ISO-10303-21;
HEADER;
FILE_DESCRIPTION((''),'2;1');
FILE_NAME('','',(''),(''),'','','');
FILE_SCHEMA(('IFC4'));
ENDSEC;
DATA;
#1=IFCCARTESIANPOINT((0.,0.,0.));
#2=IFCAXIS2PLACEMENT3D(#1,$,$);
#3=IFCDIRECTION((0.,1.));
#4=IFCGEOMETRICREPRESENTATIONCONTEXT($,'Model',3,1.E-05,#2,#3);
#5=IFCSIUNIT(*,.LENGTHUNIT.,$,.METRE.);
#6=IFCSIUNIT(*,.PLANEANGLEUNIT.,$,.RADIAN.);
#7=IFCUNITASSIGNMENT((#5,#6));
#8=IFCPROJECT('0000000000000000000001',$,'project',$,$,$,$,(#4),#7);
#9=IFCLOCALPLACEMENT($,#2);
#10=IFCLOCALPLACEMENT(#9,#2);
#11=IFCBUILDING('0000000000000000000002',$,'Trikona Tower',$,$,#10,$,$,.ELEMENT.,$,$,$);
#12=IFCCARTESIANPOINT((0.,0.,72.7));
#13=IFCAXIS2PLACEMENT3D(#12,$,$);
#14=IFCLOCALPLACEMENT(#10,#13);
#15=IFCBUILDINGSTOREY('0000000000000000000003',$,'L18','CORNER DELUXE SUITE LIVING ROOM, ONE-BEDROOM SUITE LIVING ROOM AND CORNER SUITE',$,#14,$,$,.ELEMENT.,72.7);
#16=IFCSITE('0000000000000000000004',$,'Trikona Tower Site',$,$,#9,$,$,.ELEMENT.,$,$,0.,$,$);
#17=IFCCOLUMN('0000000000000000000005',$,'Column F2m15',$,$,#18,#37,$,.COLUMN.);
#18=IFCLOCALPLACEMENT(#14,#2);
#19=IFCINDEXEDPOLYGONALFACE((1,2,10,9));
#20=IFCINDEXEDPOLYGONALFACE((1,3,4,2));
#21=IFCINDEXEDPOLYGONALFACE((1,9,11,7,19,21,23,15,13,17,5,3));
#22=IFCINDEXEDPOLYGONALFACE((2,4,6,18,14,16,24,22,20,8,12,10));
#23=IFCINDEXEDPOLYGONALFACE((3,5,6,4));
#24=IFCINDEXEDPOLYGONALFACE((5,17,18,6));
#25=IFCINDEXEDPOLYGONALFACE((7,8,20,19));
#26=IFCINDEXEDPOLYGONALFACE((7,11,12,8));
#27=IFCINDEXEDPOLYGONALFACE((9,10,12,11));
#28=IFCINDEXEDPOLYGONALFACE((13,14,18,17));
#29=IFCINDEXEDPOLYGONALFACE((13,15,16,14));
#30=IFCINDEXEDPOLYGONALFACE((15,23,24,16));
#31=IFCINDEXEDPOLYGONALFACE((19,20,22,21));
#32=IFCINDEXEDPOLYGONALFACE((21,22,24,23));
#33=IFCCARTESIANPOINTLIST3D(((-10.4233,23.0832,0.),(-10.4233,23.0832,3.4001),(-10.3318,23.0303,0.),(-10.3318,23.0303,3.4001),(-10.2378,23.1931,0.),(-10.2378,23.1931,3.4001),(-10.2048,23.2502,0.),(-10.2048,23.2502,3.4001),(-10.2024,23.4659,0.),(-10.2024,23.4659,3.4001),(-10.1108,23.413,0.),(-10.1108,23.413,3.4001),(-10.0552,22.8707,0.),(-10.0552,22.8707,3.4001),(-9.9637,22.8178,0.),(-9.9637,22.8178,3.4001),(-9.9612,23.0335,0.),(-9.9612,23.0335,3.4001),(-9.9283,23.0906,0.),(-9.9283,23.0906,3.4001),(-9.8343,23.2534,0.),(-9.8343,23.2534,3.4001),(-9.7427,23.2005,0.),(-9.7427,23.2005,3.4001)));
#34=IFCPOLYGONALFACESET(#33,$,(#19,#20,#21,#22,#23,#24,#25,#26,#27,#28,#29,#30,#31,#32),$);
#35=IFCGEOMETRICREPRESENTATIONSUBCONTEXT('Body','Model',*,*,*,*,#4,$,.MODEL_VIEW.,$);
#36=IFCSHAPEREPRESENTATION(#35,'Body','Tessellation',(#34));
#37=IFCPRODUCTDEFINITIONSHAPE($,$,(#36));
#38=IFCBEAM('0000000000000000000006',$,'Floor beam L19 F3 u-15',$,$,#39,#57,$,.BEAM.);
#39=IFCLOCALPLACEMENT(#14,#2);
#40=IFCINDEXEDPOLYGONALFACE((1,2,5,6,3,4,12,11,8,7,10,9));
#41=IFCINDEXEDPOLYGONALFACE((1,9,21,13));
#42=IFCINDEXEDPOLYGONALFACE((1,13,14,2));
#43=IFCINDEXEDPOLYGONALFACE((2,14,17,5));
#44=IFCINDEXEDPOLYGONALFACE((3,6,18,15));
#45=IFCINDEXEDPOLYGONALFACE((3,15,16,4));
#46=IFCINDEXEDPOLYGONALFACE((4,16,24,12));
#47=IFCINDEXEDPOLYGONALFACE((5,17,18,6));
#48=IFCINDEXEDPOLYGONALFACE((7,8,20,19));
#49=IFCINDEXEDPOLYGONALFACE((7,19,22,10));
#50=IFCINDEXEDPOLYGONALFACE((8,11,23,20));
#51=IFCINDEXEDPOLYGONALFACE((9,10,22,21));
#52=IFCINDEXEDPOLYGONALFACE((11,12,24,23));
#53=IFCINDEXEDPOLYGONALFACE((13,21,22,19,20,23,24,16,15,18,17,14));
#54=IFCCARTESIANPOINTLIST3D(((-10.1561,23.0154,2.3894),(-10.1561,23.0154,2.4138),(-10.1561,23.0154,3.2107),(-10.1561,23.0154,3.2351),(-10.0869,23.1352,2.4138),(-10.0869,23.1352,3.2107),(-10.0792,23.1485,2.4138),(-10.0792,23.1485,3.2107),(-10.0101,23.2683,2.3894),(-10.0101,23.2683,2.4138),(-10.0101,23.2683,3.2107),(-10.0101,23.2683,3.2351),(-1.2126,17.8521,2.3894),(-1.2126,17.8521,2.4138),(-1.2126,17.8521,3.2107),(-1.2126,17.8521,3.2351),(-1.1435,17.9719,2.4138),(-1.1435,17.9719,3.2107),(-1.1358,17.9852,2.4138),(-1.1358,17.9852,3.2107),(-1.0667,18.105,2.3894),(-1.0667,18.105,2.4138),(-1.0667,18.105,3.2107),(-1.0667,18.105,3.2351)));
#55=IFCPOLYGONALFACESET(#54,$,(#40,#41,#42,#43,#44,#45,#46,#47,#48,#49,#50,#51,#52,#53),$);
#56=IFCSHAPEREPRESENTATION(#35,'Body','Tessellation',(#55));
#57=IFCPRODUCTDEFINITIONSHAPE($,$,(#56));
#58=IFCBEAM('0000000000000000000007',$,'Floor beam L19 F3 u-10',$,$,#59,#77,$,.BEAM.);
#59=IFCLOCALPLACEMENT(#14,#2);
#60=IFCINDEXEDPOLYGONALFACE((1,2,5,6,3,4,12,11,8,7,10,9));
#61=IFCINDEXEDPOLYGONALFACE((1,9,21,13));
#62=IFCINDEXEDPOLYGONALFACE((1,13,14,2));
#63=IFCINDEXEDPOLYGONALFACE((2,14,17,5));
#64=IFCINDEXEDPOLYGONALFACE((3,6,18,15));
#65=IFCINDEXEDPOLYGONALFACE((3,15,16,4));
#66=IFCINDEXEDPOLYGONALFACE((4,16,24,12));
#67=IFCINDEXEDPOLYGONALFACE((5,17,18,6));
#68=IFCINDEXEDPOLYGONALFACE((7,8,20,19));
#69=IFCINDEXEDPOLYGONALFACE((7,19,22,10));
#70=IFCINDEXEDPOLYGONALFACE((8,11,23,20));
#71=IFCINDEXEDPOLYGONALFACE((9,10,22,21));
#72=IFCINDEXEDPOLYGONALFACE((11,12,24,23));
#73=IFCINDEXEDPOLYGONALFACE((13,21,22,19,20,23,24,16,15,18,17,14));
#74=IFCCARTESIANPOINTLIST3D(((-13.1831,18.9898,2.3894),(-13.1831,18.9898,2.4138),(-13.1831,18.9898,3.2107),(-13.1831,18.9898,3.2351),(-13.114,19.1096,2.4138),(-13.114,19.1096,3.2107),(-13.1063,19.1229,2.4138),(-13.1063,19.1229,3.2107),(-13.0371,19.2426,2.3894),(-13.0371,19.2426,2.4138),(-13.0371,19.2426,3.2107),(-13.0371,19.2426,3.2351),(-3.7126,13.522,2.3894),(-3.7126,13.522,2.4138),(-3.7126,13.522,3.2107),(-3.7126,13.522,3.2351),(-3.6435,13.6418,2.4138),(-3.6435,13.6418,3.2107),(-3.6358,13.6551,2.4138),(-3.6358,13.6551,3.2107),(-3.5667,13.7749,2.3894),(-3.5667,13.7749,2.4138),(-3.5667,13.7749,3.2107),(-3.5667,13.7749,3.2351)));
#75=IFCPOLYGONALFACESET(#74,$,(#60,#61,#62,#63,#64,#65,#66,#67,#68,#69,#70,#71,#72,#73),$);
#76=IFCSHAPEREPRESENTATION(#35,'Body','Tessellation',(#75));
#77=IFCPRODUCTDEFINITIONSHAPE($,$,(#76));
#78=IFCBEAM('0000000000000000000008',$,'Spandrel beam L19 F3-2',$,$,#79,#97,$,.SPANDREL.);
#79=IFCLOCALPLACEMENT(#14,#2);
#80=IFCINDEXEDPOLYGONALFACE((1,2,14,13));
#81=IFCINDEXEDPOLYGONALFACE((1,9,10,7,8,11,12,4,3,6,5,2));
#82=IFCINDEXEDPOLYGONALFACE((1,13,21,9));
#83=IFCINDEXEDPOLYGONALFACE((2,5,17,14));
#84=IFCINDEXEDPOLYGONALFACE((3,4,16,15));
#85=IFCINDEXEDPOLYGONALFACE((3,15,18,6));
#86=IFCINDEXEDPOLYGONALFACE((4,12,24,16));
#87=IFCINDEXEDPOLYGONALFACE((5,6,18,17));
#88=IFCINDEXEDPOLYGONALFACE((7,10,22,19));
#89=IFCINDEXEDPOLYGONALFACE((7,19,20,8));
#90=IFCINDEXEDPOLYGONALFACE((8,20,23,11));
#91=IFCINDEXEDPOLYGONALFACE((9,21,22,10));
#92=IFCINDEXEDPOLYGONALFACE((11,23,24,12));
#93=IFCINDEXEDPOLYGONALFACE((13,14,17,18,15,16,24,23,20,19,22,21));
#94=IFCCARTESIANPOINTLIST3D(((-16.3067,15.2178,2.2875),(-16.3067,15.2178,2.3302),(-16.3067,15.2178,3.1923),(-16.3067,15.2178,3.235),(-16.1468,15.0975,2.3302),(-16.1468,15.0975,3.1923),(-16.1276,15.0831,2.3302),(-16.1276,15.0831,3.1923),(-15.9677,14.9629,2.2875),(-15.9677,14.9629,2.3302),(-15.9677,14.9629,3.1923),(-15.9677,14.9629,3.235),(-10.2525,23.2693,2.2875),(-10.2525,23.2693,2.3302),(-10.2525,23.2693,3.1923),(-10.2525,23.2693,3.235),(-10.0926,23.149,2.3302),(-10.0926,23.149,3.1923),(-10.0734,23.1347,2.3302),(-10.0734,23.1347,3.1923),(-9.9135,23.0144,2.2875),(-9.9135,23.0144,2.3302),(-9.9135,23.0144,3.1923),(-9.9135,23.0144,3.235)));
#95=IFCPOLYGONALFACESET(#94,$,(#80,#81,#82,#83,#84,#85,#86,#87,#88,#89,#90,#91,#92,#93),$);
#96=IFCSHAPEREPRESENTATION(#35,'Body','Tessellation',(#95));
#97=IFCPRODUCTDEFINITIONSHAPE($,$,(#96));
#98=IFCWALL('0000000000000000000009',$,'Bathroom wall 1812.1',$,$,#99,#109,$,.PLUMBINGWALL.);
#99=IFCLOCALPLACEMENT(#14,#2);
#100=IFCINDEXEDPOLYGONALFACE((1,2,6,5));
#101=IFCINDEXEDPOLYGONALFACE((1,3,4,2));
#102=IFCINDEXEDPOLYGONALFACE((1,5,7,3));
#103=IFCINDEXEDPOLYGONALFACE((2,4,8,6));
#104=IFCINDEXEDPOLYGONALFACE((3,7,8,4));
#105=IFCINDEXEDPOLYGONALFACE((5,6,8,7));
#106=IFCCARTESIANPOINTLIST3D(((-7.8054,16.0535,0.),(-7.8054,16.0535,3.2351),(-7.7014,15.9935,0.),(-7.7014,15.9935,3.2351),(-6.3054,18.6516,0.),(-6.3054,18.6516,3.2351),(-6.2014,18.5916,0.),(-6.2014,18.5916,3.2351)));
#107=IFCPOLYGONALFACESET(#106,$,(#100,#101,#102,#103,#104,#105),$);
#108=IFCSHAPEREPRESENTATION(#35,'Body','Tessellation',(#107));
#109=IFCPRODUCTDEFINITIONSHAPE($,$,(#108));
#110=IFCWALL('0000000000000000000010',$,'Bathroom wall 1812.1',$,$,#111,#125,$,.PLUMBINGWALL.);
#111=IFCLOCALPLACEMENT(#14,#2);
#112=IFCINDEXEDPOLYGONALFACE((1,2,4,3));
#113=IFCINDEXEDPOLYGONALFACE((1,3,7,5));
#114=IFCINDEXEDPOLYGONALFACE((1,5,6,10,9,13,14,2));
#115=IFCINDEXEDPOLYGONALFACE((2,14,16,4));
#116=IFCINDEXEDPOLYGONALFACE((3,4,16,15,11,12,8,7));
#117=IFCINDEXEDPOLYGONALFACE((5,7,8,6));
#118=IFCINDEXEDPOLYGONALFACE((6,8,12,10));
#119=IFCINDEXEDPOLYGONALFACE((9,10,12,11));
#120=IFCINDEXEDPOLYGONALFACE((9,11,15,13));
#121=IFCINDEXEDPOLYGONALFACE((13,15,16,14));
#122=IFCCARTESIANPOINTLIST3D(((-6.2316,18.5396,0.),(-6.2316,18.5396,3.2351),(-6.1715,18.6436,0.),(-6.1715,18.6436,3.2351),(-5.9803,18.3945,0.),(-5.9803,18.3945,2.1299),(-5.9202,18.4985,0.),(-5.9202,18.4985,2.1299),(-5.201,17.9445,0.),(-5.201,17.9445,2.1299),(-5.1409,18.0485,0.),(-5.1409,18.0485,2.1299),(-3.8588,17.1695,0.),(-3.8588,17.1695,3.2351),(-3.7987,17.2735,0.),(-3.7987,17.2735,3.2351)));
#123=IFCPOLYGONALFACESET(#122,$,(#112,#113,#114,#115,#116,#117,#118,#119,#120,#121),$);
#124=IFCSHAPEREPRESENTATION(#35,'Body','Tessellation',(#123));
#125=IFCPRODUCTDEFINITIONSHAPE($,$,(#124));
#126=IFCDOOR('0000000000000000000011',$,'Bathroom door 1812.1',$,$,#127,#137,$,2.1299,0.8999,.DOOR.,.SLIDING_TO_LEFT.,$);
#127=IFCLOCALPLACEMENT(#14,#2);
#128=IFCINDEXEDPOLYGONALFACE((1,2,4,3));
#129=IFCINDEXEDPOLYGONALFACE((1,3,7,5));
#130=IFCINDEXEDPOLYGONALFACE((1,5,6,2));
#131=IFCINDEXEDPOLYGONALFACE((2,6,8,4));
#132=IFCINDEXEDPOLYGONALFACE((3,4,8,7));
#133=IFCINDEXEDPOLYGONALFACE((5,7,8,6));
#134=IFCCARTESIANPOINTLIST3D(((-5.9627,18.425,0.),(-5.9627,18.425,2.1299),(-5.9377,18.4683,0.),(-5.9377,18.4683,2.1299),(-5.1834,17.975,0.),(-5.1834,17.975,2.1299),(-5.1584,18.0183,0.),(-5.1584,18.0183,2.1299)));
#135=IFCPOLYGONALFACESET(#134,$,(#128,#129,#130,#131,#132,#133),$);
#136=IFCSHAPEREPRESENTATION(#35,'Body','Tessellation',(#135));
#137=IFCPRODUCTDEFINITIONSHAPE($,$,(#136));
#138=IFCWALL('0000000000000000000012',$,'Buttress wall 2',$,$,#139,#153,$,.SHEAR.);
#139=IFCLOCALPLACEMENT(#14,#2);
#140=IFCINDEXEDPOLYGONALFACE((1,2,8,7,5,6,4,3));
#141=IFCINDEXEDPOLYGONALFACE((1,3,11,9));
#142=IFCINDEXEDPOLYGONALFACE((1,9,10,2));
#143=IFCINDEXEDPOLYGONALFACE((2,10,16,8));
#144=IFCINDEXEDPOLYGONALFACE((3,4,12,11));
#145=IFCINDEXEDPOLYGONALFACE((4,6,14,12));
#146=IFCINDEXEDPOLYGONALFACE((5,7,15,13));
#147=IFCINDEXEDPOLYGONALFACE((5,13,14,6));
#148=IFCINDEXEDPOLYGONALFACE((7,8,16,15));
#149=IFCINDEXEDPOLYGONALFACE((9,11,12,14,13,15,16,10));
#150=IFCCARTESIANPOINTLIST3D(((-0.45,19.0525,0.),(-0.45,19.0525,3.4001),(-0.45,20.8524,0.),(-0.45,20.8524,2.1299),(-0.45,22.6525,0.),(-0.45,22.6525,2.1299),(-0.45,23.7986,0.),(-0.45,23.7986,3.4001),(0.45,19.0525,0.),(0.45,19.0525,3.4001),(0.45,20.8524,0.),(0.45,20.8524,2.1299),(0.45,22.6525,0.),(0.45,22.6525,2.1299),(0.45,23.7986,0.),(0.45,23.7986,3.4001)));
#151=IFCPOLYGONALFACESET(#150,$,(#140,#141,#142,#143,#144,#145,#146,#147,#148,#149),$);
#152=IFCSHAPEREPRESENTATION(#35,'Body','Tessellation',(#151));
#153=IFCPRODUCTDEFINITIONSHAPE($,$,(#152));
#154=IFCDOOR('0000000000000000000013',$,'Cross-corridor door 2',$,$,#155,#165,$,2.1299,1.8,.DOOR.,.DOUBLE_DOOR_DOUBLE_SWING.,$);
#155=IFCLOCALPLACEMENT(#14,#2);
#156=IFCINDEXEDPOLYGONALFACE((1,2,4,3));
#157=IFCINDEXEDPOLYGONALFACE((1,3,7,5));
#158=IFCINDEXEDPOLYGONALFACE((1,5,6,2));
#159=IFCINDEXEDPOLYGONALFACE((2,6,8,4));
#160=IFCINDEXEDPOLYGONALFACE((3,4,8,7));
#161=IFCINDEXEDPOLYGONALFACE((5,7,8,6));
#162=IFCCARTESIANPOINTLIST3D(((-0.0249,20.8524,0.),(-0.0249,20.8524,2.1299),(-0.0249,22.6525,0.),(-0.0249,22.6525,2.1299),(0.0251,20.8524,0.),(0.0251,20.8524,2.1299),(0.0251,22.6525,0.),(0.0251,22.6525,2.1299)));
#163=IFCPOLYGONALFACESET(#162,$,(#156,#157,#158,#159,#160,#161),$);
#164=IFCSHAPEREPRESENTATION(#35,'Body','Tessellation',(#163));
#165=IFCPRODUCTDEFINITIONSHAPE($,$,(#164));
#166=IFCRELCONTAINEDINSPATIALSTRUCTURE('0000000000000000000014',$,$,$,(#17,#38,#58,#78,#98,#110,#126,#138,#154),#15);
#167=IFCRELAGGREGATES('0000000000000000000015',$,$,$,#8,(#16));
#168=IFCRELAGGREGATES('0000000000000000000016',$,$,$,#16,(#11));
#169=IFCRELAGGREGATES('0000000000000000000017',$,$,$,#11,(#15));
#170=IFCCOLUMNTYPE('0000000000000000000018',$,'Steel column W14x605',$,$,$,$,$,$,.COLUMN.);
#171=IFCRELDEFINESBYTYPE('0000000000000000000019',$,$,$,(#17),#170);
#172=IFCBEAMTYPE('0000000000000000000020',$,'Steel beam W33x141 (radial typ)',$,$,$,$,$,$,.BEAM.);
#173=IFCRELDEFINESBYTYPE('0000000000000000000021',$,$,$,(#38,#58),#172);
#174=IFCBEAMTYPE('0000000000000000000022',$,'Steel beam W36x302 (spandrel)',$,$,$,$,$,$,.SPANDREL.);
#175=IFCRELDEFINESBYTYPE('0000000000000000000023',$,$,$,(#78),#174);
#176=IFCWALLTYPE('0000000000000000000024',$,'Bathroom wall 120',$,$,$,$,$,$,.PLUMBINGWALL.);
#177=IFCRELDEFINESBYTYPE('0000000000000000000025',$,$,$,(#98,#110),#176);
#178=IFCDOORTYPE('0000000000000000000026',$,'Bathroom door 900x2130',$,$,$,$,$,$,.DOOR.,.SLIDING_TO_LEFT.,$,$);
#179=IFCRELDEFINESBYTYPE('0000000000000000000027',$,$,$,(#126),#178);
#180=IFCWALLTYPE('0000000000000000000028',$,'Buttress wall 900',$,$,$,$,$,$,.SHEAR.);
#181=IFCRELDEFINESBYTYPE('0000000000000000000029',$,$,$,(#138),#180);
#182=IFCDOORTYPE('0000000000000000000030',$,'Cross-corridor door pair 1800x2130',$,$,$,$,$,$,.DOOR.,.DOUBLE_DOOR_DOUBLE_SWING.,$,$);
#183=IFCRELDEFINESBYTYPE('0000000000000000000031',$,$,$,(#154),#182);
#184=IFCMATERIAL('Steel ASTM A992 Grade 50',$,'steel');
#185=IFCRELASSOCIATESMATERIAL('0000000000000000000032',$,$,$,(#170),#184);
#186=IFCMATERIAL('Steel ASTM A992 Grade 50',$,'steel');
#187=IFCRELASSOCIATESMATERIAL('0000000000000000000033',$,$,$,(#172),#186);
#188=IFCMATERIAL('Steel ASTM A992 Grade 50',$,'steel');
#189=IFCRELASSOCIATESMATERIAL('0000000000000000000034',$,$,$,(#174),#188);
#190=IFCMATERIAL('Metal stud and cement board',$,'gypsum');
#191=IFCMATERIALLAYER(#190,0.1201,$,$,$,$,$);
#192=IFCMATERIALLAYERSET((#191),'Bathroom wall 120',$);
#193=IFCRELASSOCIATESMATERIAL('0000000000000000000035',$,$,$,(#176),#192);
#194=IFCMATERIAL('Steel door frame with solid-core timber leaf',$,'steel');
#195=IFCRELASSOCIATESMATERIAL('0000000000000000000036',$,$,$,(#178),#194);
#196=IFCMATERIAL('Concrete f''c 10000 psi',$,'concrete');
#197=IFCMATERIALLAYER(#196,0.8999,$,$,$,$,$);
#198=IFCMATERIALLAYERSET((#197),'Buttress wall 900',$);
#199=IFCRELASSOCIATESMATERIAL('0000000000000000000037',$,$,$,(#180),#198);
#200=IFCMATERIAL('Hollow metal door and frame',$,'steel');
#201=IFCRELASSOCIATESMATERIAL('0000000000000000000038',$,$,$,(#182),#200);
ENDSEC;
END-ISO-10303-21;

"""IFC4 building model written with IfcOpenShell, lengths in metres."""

from ifc_helpers import new_model, si_unit, direction, frame, frame_2d, origin, origin_2d, place, context, subcontext, project, spatial, rectangle, i_section, extrude, material, layer, layer_set, material_profile, profile_set, type_object, element, fill, save


model = new_model("IFC4")

# Units and contexts
model_context = context("Model", 3, precision=1e-05, world=origin(), true_north=direction((0.0, 1.0)))
body_context = subcontext(model_context, "Body", "Model", "MODEL_VIEW")
ifc_project = project(units=[si_unit("LENGTHUNIT", "METRE"), si_unit("PLANEANGLEUNIT", "RADIAN")], contexts=[model_context])

# Site, building, storey
site_placement = place(None, origin())
site = spatial("IfcSite", under=ifc_project, at=site_placement, Name="Trikona Tower Site", CompositionType="ELEMENT", RefElevation=0.0)
building_placement = place(site_placement, origin())
building = spatial("IfcBuilding", under=site, at=building_placement, Name="Trikona Tower", CompositionType="ELEMENT")
storey_placement = place(building_placement, frame((0.0, 0.0, 72.7)))
storey = spatial("IfcBuildingStorey", under=building, at=storey_placement, Name="L18", Description="CORNER DELUXE SUITE LIVING ROOM, ONE-BEDROOM SUITE LIVING ROOM AND CORNER SUITE", CompositionType="ELEMENT", Elevation=72.7)

# Column
ifc_material_1 = material(Name="Steel ASTM A992 Grade 50", Category="steel")
ifc_material_profile_1 = material_profile(ifc_material_1, i_section(OverallWidth=0.4419, OverallDepth=0.5308, WebThickness=0.0659, FlangeThickness=0.1057, at=origin_2d()), Name="W14X605")
ifc_profile_set_1 = profile_set([ifc_material_profile_1], Name="Steel ASTM A992 Grade 50")
column_type = type_object("IfcColumnType", Name="Steel column W14x605", PredefinedType="COLUMN", material=ifc_profile_set_1)
column_placement = place(storey_placement, frame((-10.083, 23.1418, 0.0), z_axis=(0.0, 0.0, 1.0), x_axis=(-0.5, -0.866025, 0.0)))
element("IfcColumn", 1, at=column_placement, inside=storey, type_object=column_type, Name="Column F2m15", PredefinedType="COLUMN", context=body_context, shape_type="SweptSolid", body=[
    extrude(i_section(OverallWidth=0.4419, OverallDepth=0.5308, WebThickness=0.0659, FlangeThickness=0.1057, at=origin_2d()), origin(), (0.0, 0.0, 1.0), 3.4001),
])

# Beams
ifc_material_2 = material(Name="Steel ASTM A992 Grade 50", Category="steel")
ifc_material_profile_2 = material_profile(ifc_material_2, i_section(OverallWidth=0.292, OverallDepth=0.8457, WebThickness=0.0154, FlangeThickness=0.0244, at=origin_2d()), Name="W33X141")
ifc_profile_set_2 = profile_set([ifc_material_profile_2], Name="Steel ASTM A992 Grade 50")
beam_type_1 = type_object("IfcBeamType", Name="Steel beam W33x141 (radial typ)", PredefinedType="BEAM", material=ifc_profile_set_2)
beam_1_placement = place(storey_placement, frame((-1.1396, 17.9785, 2.8123), z_axis=(-0.86603, 0.499991, 0.0), x_axis=(-0.499991, -0.86603, 0.0)))
element("IfcBeam", 2, at=beam_1_placement, inside=storey, type_object=beam_type_1, Name="Floor beam L19 F3 u-15", PredefinedType="BEAM", context=body_context, shape_type="SweptSolid", body=[
    extrude(i_section(OverallWidth=0.292, OverallDepth=0.8457, WebThickness=0.0154, FlangeThickness=0.0244, at=origin_2d()), origin(), (0.0, 0.0, 1.0), 10.3269),
])
beam_2_placement = place(storey_placement, frame((-3.6396, 13.6484, 2.8123), z_axis=(-0.866025, 0.5, 0.0), x_axis=(-0.5, -0.866025, 0.0)))
element("IfcBeam", 3, at=beam_2_placement, inside=storey, type_object=beam_type_1, Name="Floor beam L19 F3 u-10", PredefinedType="BEAM", context=body_context, shape_type="SweptSolid", body=[
    extrude(i_section(OverallWidth=0.292, OverallDepth=0.8457, WebThickness=0.0154, FlangeThickness=0.0244, at=origin_2d()), origin(), (0.0, 0.0, 1.0), 10.9355),
])
ifc_material_3 = material(Name="Steel ASTM A992 Grade 50", Category="steel")
ifc_material_profile_3 = material_profile(ifc_material_3, i_section(OverallWidth=0.4241, OverallDepth=0.9475, WebThickness=0.0239, FlangeThickness=0.0427, at=origin_2d()), Name="W36X302")
ifc_profile_set_3 = profile_set([ifc_material_profile_3], Name="Steel ASTM A992 Grade 50")
beam_type_2 = type_object("IfcBeamType", Name="Steel beam W36x302 (spandrel)", PredefinedType="SPANDREL", material=ifc_profile_set_3)
beam_3_placement = place(storey_placement, frame((-10.083, 23.1418, 2.7612), z_axis=(-0.600988, -0.799258, 0.0), x_axis=(0.799258, -0.600988, 0.0)))
element("IfcBeam", 4, at=beam_3_placement, inside=storey, type_object=beam_type_2, Name="Spandrel beam L19 F3-2", PredefinedType="SPANDREL", context=body_context, shape_type="SweptSolid", body=[
    extrude(i_section(OverallWidth=0.4241, OverallDepth=0.9475, WebThickness=0.0239, FlangeThickness=0.0427, at=origin_2d()), origin(), (0.0, 0.0, 1.0), 10.0737),
])

# Wall
ifc_material_4 = material(Name="Metal stud and cement board", Category="gypsum")
ifc_layer_1 = layer(ifc_material_4, 0.1201)
ifc_layer_set_1 = layer_set([ifc_layer_1], Name="Bathroom wall 120")
wall_type_1 = type_object("IfcWallType", Name="Bathroom wall 120", PredefinedType="PLUMBINGWALL", material=ifc_layer_set_1)
wall_1_placement = place(storey_placement, frame((-6.2534, 18.6216, 0.0), z_axis=(0.0, 0.0, 1.0), x_axis=(-0.49999, -0.866031, 0.0)))
element("IfcWall", 5, at=wall_1_placement, inside=storey, type_object=wall_type_1, Name="Bathroom wall 1812.1", PredefinedType="PLUMBINGWALL", context=body_context, shape_type="SweptSolid", body=[
    extrude(rectangle(XDim=3.0, YDim=0.1201, at=frame_2d((1.5, 0.0))), origin(), (0.0, 0.0, 1.0), 3.2351),
])

# Walls, openings, doors
wall_2_placement = place(storey_placement, frame((-3.8286, 17.2214, 0.0), z_axis=(0.0, 0.0, 1.0), x_axis=(-0.865997, 0.500049, 0.0)))
wall_2 = element("IfcWall", 6, at=wall_2_placement, inside=storey, type_object=wall_type_1, Name="Bathroom wall 1812.1", PredefinedType="PLUMBINGWALL", context=body_context, shape_type="SweptSolid", body=[
    extrude(rectangle(XDim=2.74, YDim=0.1201, at=frame_2d((1.3701, 0.0))), origin(), (0.0, 0.0, 1.0), 3.2351),
])
opening_1_placement = place(wall_2_placement, frame((1.55, 0.0, 0.0)))
opening_1 = element("IfcOpeningElement", 7, at=opening_1_placement, cuts=wall_2, PredefinedType="OPENING", context=body_context, shape_type="SweptSolid", body=[
    extrude(rectangle(XDim=0.8999, YDim=2.1299, at=frame_2d((0.45, 1.0649))), frame((0.0, 0.0701, 0.0), z_axis=(0.0, -1.0, 0.0), x_axis=(1.0, 0.0, 0.0)), (0.0, 0.0, 1.0), 0.1401),
])
ifc_material_5 = material(Name="Steel door frame with solid-core timber leaf", Category="steel")
door_type_1 = type_object("IfcDoorType", Name="Bathroom door 900x2130", OperationType="SLIDING_TO_LEFT", PredefinedType="DOOR", material=ifc_material_5)
door_1_placement = place(opening_1_placement, origin())
door_1 = element("IfcDoor", 8, at=door_1_placement, inside=storey, type_object=door_type_1, Name="Bathroom door 1812.1", OperationType="SLIDING_TO_LEFT", OverallHeight=2.1299, OverallWidth=0.8999, PredefinedType="DOOR", context=body_context, shape_type="SweptSolid", body=[
    extrude(rectangle(XDim=0.8999, YDim=2.1299, at=frame_2d((0.45, 1.0649))), frame((0.0, 0.0249, 0.0), z_axis=(0.0, -1.0, 0.0), x_axis=(1.0, 0.0, 0.0)), (0.0, 0.0, 1.0), 0.05),
])
fill(opening_1, door_1)
ifc_material_6 = material(Name="Concrete f'c 10000 psi", Category="concrete")
ifc_layer_2 = layer(ifc_material_6, 0.8999)
ifc_layer_set_2 = layer_set([ifc_layer_2], Name="Buttress wall 900")
wall_type_2 = type_object("IfcWallType", Name="Buttress wall 900", PredefinedType="SHEAR", material=ifc_layer_set_2)
wall_3_placement = place(storey_placement, frame((0.0, 19.0525, 0.0), z_axis=(0.0, 0.0, 1.0), x_axis=(0.0, 1.0, 0.0)))
wall_3 = element("IfcWall", 9, at=wall_3_placement, inside=storey, type_object=wall_type_2, Name="Buttress wall 2", PredefinedType="SHEAR", context=body_context, shape_type="SweptSolid", body=[
    extrude(rectangle(XDim=4.7461, YDim=0.8999, at=frame_2d((2.373, 0.0))), origin(), (0.0, 0.0, 1.0), 3.4001),
])
opening_2_placement = place(wall_3_placement, frame((1.8, 0.0, 0.0)))
opening_2 = element("IfcOpeningElement", 10, at=opening_2_placement, cuts=wall_3, PredefinedType="OPENING", context=body_context, shape_type="SweptSolid", body=[
    extrude(rectangle(XDim=1.8, YDim=2.1299, at=frame_2d((0.8999, 1.0649))), frame((0.0, 0.46, 0.0), z_axis=(0.0, -1.0, 0.0), x_axis=(1.0, 0.0, 0.0)), (0.0, 0.0, 1.0), 0.9199),
])
ifc_material_7 = material(Name="Hollow metal door and frame", Category="steel")
door_type_2 = type_object("IfcDoorType", Name="Cross-corridor door pair 1800x2130", OperationType="DOUBLE_DOOR_DOUBLE_SWING", PredefinedType="DOOR", material=ifc_material_7)
door_2_placement = place(opening_2_placement, origin())
door_2 = element("IfcDoor", 11, at=door_2_placement, inside=storey, type_object=door_type_2, Name="Cross-corridor door 2", OperationType="DOUBLE_DOOR_DOUBLE_SWING", OverallHeight=2.1299, OverallWidth=1.8, PredefinedType="DOOR", context=body_context, shape_type="SweptSolid", body=[
    extrude(rectangle(XDim=1.8, YDim=2.1299, at=frame_2d((0.8999, 1.0649))), frame((0.0, 0.0249, 0.0), z_axis=(0.0, -1.0, 0.0), x_axis=(1.0, 0.0, 0.0)), (0.0, 0.0, 1.0), 0.05),
])
fill(opening_2, door_2)

save(model, "model.ifc")
